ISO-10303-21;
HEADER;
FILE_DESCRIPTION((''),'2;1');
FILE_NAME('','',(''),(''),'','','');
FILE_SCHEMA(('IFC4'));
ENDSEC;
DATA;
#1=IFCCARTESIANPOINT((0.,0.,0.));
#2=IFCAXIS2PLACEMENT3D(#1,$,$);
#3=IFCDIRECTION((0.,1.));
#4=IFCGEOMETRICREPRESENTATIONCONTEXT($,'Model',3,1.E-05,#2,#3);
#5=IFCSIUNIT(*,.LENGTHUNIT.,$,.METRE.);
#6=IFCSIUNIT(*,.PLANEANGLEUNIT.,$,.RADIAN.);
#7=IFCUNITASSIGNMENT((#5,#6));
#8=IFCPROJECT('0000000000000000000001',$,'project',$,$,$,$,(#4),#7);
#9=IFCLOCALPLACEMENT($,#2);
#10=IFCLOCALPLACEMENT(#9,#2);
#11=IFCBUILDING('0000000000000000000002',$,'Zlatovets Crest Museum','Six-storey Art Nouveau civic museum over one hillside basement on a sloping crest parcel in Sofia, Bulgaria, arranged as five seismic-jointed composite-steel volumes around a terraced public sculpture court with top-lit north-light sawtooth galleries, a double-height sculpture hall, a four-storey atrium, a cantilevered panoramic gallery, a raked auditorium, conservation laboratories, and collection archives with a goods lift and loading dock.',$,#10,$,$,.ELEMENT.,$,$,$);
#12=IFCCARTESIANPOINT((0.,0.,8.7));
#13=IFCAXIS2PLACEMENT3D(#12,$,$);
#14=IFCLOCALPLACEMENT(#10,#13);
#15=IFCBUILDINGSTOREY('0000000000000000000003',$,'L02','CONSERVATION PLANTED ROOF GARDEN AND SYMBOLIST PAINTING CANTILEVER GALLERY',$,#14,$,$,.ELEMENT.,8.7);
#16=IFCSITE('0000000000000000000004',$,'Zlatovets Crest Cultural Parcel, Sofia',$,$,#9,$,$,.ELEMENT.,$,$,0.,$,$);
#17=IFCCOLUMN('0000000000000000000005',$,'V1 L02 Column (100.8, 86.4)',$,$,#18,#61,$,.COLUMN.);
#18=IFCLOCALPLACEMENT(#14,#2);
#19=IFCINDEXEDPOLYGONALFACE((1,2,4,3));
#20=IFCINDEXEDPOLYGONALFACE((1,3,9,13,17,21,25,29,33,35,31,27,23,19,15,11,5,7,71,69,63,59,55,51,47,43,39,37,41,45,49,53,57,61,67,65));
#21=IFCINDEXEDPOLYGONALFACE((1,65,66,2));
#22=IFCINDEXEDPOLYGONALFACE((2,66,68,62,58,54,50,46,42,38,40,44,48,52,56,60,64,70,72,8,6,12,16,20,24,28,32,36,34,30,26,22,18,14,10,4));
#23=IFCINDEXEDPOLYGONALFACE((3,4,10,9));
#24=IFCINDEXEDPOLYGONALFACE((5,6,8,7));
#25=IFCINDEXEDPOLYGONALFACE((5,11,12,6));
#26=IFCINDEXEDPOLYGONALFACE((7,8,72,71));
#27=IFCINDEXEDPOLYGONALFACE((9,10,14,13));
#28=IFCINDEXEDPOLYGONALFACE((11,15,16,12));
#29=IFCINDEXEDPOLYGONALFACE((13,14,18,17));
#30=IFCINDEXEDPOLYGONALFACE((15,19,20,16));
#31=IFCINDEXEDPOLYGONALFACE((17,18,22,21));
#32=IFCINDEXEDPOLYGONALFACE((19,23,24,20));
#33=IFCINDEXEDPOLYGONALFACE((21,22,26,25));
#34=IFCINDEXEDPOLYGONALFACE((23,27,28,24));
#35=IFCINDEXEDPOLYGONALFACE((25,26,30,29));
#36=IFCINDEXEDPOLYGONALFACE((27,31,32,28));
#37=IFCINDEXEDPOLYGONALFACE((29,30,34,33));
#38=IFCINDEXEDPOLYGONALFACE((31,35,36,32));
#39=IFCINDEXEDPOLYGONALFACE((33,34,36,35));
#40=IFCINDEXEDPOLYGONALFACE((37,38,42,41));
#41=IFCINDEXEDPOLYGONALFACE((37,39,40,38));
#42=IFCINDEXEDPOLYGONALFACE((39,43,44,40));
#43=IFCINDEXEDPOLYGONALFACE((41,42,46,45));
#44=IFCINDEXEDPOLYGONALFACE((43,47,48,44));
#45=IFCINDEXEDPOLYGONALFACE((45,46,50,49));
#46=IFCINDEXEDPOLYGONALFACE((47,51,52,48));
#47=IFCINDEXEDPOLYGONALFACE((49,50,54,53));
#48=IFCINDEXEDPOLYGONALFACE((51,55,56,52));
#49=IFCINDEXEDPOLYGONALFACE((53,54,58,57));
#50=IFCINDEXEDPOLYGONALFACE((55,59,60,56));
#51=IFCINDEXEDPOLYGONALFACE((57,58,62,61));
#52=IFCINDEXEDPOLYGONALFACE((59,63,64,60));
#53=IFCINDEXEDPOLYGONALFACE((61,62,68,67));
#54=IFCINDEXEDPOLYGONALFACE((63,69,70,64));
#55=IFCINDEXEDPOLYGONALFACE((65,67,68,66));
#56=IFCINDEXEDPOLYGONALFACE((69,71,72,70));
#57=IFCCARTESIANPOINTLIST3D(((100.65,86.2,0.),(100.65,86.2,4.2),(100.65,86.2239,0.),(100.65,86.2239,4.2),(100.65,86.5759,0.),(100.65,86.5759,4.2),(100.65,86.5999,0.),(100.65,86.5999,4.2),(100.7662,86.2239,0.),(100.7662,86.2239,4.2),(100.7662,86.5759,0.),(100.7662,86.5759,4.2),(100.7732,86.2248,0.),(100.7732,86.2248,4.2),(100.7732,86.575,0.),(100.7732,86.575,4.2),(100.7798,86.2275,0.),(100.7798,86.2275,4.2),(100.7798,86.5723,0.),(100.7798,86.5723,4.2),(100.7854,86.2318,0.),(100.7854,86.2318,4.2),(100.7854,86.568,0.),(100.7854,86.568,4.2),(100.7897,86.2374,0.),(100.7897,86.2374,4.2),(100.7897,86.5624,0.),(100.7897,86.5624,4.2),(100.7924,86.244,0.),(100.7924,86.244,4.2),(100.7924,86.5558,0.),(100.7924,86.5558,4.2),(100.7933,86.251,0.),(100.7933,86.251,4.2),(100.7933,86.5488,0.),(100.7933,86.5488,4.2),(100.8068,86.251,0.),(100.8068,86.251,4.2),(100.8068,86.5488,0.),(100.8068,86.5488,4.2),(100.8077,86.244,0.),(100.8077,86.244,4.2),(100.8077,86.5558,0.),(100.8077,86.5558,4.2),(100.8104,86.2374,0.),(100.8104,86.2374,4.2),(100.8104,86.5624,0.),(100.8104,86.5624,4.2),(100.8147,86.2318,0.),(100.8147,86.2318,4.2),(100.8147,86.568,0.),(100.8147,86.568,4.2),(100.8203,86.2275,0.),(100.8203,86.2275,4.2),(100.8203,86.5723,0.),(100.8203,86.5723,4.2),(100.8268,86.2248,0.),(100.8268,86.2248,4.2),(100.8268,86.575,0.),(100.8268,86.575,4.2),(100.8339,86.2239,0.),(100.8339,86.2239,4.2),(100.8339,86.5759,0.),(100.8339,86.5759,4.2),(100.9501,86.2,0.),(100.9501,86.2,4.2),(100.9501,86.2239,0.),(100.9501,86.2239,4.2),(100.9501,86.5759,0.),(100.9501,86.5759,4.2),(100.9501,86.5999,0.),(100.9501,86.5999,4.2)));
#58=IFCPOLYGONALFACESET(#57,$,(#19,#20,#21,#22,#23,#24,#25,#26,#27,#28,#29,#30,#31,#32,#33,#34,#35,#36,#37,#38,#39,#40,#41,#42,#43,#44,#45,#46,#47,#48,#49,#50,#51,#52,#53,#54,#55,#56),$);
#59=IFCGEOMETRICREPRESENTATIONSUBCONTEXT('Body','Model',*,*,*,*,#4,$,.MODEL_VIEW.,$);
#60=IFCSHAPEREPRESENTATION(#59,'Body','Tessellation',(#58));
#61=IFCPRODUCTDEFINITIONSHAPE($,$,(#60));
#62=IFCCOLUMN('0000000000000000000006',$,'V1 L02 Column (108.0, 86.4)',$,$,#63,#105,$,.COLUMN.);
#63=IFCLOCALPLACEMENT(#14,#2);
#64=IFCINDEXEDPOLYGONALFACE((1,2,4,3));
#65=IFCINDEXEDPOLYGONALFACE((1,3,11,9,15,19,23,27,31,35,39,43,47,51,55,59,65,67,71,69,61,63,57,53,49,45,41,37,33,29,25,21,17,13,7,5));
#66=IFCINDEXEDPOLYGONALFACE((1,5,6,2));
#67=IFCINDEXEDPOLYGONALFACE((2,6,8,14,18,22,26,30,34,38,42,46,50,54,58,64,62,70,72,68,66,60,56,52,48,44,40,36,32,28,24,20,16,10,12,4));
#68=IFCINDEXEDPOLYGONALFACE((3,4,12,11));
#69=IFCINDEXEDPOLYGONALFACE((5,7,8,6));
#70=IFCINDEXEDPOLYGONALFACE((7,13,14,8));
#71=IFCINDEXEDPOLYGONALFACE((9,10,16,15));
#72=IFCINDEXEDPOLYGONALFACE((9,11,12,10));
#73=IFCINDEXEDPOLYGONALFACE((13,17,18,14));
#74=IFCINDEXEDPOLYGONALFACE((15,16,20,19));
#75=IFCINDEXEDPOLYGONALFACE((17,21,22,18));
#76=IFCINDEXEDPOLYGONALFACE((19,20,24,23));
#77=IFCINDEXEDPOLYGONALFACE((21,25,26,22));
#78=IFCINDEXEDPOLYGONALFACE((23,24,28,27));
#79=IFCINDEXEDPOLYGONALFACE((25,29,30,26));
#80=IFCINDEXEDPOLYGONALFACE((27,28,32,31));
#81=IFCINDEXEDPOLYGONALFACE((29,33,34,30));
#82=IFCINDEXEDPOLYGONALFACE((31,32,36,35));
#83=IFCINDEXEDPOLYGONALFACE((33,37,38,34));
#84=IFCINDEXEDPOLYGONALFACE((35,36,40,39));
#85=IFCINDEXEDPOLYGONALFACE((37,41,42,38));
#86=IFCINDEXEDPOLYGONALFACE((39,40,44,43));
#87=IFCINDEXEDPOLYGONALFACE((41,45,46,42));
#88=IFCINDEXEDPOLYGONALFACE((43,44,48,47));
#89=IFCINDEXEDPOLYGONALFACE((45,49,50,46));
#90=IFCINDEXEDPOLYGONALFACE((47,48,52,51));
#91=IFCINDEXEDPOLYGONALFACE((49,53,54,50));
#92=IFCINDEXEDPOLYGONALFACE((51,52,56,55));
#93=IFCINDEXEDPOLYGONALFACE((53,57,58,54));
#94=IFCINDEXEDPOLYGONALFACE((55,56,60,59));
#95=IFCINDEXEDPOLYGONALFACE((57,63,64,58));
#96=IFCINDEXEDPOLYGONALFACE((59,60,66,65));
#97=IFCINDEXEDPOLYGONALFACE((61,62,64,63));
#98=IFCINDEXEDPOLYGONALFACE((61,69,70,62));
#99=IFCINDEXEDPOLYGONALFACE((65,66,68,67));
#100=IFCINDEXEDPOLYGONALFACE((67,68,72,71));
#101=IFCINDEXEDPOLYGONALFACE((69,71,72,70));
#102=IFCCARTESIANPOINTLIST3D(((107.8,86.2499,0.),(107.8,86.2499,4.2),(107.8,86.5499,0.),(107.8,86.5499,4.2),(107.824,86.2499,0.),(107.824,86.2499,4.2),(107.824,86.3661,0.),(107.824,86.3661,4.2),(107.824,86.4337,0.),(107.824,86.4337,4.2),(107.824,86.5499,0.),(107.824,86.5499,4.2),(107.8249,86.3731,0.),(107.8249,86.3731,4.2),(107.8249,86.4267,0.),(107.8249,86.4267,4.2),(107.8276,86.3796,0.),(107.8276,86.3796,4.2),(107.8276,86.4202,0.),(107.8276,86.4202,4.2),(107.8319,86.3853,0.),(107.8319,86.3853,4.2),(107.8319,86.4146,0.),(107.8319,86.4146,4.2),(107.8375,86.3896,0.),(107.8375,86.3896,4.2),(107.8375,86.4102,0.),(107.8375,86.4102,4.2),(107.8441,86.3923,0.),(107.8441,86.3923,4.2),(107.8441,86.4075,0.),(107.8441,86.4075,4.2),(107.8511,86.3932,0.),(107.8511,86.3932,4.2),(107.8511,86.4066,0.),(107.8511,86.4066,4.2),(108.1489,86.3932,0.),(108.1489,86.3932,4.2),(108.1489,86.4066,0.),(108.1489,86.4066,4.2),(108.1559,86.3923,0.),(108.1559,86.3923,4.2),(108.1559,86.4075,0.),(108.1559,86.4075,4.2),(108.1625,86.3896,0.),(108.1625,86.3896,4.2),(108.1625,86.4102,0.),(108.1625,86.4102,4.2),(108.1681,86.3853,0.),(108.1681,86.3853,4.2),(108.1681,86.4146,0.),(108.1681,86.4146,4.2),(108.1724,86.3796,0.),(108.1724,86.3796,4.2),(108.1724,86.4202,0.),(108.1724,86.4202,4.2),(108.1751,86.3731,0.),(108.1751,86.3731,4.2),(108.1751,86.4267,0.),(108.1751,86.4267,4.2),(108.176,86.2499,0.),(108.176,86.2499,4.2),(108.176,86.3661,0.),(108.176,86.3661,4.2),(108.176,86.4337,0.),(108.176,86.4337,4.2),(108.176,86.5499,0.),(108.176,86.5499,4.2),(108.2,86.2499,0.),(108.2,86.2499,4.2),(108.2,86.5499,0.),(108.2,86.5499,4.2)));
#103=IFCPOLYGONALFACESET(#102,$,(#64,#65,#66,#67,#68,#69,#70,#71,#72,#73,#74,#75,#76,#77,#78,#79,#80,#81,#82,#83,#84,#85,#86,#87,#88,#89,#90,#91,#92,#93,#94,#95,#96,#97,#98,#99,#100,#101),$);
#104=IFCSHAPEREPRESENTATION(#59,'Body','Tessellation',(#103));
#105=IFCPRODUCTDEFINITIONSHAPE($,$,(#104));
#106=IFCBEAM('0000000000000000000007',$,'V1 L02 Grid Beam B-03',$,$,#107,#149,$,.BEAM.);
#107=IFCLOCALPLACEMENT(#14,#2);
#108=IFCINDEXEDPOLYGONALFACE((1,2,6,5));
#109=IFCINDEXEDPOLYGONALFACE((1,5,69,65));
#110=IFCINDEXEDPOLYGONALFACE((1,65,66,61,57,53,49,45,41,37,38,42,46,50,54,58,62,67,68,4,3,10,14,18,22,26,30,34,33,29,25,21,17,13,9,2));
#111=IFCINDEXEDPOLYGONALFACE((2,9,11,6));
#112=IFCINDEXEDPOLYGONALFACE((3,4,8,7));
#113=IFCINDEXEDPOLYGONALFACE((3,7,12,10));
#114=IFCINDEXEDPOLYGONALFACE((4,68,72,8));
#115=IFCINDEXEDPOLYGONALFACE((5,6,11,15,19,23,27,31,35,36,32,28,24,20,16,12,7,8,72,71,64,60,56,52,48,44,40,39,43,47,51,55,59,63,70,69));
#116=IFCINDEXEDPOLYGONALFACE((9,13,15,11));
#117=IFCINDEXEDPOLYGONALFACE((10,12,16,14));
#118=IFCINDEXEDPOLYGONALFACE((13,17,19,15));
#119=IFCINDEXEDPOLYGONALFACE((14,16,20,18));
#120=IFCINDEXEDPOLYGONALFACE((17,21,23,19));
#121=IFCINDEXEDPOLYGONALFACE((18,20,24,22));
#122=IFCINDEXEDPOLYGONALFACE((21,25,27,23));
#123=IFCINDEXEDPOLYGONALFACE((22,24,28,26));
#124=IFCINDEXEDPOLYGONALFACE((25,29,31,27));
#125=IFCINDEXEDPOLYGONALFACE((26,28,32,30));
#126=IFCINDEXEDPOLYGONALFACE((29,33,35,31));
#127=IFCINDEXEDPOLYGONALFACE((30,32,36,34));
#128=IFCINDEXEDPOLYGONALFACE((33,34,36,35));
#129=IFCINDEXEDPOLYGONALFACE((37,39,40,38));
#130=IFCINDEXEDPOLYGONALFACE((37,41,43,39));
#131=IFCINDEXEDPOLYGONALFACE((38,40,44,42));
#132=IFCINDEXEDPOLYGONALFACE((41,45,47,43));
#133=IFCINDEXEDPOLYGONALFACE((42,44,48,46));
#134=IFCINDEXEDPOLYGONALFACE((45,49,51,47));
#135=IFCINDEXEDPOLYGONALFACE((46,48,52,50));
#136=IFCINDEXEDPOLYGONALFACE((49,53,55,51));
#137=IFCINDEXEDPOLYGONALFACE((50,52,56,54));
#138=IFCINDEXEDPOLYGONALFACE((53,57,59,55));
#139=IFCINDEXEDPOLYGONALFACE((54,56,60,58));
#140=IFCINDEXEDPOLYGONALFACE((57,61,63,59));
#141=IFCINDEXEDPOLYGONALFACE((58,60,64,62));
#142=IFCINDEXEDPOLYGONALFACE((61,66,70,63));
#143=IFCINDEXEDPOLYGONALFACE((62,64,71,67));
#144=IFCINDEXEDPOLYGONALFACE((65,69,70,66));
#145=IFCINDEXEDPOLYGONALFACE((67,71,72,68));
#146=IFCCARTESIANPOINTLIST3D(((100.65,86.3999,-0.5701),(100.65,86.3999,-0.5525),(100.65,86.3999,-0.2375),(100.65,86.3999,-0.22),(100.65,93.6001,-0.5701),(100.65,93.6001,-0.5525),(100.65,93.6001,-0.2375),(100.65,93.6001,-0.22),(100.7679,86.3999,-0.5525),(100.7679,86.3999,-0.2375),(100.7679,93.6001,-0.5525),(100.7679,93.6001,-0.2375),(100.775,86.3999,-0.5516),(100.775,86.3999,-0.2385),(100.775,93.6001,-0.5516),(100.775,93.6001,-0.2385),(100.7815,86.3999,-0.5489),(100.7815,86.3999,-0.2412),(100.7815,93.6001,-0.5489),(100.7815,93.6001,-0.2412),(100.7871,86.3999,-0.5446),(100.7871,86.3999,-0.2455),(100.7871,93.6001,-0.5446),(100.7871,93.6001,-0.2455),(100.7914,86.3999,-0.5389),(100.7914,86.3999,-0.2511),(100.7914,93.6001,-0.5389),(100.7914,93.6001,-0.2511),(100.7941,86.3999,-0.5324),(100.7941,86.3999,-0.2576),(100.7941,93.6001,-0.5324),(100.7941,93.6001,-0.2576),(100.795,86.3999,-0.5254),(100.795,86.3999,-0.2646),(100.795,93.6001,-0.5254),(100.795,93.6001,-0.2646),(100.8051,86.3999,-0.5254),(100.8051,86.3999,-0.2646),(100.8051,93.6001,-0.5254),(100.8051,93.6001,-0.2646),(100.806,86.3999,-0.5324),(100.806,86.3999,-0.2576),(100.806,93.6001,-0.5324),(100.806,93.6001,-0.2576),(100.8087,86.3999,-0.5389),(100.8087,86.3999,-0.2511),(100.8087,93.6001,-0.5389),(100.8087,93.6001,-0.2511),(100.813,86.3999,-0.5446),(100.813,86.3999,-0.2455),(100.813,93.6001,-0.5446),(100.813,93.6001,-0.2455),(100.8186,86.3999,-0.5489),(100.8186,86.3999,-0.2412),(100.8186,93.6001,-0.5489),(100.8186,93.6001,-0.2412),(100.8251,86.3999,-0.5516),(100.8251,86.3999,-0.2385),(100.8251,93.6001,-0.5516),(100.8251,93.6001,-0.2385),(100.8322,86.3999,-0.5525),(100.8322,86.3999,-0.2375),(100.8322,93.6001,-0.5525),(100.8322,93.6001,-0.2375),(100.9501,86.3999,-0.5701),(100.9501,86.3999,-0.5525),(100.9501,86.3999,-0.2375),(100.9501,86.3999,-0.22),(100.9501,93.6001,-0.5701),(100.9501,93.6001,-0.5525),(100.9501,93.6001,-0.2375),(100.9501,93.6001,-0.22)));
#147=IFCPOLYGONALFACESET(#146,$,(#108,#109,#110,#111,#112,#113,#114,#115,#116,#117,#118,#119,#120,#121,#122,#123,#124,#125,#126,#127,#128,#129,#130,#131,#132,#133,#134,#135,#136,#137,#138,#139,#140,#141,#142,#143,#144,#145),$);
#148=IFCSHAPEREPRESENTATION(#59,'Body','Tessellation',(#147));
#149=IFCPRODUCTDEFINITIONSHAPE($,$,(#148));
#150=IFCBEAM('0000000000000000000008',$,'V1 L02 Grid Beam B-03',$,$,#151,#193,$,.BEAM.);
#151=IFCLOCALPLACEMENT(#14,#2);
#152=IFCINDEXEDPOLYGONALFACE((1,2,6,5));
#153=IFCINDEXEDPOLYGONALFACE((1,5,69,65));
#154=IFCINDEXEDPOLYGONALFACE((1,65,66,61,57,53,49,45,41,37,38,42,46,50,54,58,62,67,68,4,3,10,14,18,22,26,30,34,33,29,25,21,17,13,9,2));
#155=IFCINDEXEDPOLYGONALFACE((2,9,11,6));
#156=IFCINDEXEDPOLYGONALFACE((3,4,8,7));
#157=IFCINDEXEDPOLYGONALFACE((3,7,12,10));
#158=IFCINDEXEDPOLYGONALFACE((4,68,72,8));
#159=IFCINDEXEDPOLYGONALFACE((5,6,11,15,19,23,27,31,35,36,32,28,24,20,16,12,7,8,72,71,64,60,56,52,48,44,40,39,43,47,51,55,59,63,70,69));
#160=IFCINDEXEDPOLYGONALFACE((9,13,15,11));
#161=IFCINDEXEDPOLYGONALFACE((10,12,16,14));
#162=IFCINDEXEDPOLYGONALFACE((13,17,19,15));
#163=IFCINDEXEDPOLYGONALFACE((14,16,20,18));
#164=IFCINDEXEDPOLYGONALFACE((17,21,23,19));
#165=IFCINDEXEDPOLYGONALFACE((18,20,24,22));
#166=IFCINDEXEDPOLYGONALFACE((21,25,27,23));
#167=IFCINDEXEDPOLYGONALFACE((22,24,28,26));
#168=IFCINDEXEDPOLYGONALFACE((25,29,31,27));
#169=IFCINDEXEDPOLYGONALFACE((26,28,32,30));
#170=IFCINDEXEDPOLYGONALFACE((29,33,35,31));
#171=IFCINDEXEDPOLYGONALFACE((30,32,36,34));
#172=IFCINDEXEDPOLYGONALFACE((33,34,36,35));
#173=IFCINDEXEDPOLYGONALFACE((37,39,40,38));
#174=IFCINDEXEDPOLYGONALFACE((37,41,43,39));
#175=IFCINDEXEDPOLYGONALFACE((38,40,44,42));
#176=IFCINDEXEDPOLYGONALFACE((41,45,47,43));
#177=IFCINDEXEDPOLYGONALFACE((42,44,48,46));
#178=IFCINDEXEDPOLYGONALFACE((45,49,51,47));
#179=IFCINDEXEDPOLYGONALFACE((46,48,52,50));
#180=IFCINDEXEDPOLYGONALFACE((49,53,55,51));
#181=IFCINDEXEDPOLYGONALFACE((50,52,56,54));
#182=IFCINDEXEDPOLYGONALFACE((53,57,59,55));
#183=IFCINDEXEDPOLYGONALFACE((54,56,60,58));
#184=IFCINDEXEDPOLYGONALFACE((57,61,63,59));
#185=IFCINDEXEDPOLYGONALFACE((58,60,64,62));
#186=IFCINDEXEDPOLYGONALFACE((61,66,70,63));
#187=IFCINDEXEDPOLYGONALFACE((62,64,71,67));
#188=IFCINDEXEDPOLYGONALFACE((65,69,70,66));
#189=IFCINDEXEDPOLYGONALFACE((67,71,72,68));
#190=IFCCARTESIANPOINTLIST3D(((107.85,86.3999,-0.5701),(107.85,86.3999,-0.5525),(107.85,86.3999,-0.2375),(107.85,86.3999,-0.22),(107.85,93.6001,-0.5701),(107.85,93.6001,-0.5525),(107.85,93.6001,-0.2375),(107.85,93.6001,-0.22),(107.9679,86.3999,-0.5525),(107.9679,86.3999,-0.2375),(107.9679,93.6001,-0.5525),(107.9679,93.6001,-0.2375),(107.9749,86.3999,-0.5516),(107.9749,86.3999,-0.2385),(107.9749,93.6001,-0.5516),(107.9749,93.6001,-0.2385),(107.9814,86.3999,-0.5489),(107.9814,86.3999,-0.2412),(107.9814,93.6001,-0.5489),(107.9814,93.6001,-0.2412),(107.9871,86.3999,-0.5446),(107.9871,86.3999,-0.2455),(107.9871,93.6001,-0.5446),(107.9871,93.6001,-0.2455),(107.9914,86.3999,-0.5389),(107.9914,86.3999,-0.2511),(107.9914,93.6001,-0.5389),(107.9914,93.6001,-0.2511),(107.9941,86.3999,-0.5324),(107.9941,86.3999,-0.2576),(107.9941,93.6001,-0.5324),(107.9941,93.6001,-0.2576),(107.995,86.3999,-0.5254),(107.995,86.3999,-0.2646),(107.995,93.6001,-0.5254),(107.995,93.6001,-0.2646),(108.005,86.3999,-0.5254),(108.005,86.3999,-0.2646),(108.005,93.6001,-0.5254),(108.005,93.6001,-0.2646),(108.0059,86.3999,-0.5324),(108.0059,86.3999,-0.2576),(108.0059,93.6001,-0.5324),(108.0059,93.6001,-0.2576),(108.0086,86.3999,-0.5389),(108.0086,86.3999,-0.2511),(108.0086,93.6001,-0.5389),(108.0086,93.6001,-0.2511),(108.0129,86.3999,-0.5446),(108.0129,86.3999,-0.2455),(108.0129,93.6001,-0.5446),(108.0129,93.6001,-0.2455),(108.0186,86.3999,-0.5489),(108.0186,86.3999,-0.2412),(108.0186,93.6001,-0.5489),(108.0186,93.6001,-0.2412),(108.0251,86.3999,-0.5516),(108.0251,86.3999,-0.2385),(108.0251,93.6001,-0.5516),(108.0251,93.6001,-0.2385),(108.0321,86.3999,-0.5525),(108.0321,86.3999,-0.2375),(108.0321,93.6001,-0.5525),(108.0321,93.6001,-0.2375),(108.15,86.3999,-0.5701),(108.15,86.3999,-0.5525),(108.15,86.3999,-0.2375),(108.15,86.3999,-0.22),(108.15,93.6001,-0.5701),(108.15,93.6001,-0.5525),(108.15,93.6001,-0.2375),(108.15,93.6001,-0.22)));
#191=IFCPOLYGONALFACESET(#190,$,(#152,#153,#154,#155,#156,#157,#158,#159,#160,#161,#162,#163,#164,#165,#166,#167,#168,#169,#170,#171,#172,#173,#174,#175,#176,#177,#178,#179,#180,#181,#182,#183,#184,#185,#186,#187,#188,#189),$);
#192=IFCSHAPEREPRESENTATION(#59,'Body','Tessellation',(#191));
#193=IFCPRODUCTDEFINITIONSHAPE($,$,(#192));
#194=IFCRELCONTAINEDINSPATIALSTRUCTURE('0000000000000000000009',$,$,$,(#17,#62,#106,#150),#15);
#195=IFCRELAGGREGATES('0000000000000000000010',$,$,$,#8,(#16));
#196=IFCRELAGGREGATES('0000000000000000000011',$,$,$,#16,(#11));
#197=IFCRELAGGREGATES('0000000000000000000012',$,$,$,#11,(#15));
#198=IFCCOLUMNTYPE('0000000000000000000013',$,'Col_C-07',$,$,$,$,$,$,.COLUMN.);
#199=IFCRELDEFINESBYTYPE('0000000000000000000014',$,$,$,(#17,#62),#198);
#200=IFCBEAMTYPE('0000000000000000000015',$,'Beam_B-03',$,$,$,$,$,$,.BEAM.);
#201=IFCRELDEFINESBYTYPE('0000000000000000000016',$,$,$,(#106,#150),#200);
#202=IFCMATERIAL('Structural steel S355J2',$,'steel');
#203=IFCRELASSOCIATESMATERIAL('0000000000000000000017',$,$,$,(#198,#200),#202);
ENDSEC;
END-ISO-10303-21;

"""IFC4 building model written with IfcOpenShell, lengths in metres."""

from ifc_helpers import new_model, si_unit, direction, frame, origin, origin_2d, place, context, subcontext, project, spatial, i_section, extrude, material, material_profile, profile_set, type_object, element, save


model = new_model("IFC4")

# Units and contexts
model_context = context("Model", 3, precision=1e-05, world=origin(), true_north=direction((0.0, 1.0)))
body_context = subcontext(model_context, "Body", "Model", "MODEL_VIEW")
ifc_project = project(units=[si_unit("LENGTHUNIT", "METRE"), si_unit("PLANEANGLEUNIT", "RADIAN")], contexts=[model_context])

# Site, building, storey
site_placement = place(None, origin())
site = spatial("IfcSite", under=ifc_project, at=site_placement, Name="Zlatovets Crest Cultural Parcel, Sofia", CompositionType="ELEMENT", RefElevation=0.0)
building_placement = place(site_placement, origin())
building = spatial("IfcBuilding", under=site, at=building_placement, Name="Zlatovets Crest Museum", Description="Six-storey Art Nouveau civic museum over one hillside basement on a sloping crest parcel in Sofia, Bulgaria, arranged as five seismic-jointed composite-steel volumes around a terraced public sculpture court with top-lit north-light sawtooth galleries, a double-height sculpture hall, a four-storey atrium, a cantilevered panoramic gallery, a raked auditorium, conservation laboratories, and collection archives with a goods lift and loading dock.", CompositionType="ELEMENT")
storey_placement = place(building_placement, frame((0.0, 0.0, 8.7)))
storey = spatial("IfcBuildingStorey", under=building, at=storey_placement, Name="L02", Description="CONSERVATION PLANTED ROOF GARDEN AND SYMBOLIST PAINTING CANTILEVER GALLERY", CompositionType="ELEMENT", Elevation=8.7)

# Columns
ifc_material_1 = material(Name="Structural steel S355J2", Category="steel")
ifc_material_profile_1 = material_profile(ifc_material_1, i_section(OverallWidth=0.3, OverallDepth=0.3999, WebThickness=0.0134, FlangeThickness=0.0239, FilletRadius=0.0271, at=origin_2d()), Name="HEB 400")
ifc_profile_set_1 = profile_set([ifc_material_profile_1], Name="Structural steel S355J2")
column_type = type_object("IfcColumnType", Name="Col_C-07", PredefinedType="COLUMN", material=ifc_profile_set_1)
for number, where, z_axis, x_axis, name in (
    (1, (100.8, 86.3999, 0.0), (0.0, 0.0, 1.0), (1.0, 0.0, 0.0), "V1 L02 Column (100.8, 86.4)"),
    (2, (108.0, 86.3999, 0.0), (0.0, 0.0, 1.0), (0.0, 1.0, 0.0), "V1 L02 Column (108.0, 86.4)"),
):
    element("IfcColumn", number, at=place(storey_placement, frame(where, z_axis=z_axis, x_axis=x_axis)), inside=storey, type_object=column_type, Name=name, PredefinedType="COLUMN", context=body_context, shape_type="SweptSolid", body=[
        extrude(i_section(OverallWidth=0.3, OverallDepth=0.3999, WebThickness=0.0134, FlangeThickness=0.0239, FilletRadius=0.0271, at=origin_2d()), origin(), (0.0, 0.0, 1.0), 4.2),
    ])

# Beams
ifc_material_profile_2 = material_profile(ifc_material_1, i_section(OverallWidth=0.3, OverallDepth=0.3501, WebThickness=0.01, FlangeThickness=0.0176, FilletRadius=0.0271, at=origin_2d()), Name="HEA 360")
ifc_profile_set_2 = profile_set([ifc_material_profile_2], Name="Structural steel S355J2")
beam_type_1 = type_object("IfcBeamType", Name="Beam_B-03", PredefinedType="BEAM", material=ifc_profile_set_2)
for number, where, z_axis, x_axis, name in (
    (3, (100.8, 86.3999, -0.395), (0.0, 1.0, 0.0), (-1.0, 0.0, 0.0), "V1 L02 Grid Beam B-03"),
    (4, (108.0, 86.3999, -0.395), (0.0, 1.0, 0.0), (-1.0, 0.0, 0.0), "V1 L02 Grid Beam B-03"),
):
    element("IfcBeam", number, at=place(storey_placement, frame(where, z_axis=z_axis, x_axis=x_axis)), inside=storey, type_object=beam_type_1, Name=name, PredefinedType="BEAM", context=body_context, shape_type="SweptSolid", body=[
        extrude(i_section(OverallWidth=0.3, OverallDepth=0.3501, WebThickness=0.01, FlangeThickness=0.0176, FilletRadius=0.0271, at=origin_2d()), origin(), (0.0, 0.0, 1.0), 7.2002),
    ])

save(model, "model.ifc")
